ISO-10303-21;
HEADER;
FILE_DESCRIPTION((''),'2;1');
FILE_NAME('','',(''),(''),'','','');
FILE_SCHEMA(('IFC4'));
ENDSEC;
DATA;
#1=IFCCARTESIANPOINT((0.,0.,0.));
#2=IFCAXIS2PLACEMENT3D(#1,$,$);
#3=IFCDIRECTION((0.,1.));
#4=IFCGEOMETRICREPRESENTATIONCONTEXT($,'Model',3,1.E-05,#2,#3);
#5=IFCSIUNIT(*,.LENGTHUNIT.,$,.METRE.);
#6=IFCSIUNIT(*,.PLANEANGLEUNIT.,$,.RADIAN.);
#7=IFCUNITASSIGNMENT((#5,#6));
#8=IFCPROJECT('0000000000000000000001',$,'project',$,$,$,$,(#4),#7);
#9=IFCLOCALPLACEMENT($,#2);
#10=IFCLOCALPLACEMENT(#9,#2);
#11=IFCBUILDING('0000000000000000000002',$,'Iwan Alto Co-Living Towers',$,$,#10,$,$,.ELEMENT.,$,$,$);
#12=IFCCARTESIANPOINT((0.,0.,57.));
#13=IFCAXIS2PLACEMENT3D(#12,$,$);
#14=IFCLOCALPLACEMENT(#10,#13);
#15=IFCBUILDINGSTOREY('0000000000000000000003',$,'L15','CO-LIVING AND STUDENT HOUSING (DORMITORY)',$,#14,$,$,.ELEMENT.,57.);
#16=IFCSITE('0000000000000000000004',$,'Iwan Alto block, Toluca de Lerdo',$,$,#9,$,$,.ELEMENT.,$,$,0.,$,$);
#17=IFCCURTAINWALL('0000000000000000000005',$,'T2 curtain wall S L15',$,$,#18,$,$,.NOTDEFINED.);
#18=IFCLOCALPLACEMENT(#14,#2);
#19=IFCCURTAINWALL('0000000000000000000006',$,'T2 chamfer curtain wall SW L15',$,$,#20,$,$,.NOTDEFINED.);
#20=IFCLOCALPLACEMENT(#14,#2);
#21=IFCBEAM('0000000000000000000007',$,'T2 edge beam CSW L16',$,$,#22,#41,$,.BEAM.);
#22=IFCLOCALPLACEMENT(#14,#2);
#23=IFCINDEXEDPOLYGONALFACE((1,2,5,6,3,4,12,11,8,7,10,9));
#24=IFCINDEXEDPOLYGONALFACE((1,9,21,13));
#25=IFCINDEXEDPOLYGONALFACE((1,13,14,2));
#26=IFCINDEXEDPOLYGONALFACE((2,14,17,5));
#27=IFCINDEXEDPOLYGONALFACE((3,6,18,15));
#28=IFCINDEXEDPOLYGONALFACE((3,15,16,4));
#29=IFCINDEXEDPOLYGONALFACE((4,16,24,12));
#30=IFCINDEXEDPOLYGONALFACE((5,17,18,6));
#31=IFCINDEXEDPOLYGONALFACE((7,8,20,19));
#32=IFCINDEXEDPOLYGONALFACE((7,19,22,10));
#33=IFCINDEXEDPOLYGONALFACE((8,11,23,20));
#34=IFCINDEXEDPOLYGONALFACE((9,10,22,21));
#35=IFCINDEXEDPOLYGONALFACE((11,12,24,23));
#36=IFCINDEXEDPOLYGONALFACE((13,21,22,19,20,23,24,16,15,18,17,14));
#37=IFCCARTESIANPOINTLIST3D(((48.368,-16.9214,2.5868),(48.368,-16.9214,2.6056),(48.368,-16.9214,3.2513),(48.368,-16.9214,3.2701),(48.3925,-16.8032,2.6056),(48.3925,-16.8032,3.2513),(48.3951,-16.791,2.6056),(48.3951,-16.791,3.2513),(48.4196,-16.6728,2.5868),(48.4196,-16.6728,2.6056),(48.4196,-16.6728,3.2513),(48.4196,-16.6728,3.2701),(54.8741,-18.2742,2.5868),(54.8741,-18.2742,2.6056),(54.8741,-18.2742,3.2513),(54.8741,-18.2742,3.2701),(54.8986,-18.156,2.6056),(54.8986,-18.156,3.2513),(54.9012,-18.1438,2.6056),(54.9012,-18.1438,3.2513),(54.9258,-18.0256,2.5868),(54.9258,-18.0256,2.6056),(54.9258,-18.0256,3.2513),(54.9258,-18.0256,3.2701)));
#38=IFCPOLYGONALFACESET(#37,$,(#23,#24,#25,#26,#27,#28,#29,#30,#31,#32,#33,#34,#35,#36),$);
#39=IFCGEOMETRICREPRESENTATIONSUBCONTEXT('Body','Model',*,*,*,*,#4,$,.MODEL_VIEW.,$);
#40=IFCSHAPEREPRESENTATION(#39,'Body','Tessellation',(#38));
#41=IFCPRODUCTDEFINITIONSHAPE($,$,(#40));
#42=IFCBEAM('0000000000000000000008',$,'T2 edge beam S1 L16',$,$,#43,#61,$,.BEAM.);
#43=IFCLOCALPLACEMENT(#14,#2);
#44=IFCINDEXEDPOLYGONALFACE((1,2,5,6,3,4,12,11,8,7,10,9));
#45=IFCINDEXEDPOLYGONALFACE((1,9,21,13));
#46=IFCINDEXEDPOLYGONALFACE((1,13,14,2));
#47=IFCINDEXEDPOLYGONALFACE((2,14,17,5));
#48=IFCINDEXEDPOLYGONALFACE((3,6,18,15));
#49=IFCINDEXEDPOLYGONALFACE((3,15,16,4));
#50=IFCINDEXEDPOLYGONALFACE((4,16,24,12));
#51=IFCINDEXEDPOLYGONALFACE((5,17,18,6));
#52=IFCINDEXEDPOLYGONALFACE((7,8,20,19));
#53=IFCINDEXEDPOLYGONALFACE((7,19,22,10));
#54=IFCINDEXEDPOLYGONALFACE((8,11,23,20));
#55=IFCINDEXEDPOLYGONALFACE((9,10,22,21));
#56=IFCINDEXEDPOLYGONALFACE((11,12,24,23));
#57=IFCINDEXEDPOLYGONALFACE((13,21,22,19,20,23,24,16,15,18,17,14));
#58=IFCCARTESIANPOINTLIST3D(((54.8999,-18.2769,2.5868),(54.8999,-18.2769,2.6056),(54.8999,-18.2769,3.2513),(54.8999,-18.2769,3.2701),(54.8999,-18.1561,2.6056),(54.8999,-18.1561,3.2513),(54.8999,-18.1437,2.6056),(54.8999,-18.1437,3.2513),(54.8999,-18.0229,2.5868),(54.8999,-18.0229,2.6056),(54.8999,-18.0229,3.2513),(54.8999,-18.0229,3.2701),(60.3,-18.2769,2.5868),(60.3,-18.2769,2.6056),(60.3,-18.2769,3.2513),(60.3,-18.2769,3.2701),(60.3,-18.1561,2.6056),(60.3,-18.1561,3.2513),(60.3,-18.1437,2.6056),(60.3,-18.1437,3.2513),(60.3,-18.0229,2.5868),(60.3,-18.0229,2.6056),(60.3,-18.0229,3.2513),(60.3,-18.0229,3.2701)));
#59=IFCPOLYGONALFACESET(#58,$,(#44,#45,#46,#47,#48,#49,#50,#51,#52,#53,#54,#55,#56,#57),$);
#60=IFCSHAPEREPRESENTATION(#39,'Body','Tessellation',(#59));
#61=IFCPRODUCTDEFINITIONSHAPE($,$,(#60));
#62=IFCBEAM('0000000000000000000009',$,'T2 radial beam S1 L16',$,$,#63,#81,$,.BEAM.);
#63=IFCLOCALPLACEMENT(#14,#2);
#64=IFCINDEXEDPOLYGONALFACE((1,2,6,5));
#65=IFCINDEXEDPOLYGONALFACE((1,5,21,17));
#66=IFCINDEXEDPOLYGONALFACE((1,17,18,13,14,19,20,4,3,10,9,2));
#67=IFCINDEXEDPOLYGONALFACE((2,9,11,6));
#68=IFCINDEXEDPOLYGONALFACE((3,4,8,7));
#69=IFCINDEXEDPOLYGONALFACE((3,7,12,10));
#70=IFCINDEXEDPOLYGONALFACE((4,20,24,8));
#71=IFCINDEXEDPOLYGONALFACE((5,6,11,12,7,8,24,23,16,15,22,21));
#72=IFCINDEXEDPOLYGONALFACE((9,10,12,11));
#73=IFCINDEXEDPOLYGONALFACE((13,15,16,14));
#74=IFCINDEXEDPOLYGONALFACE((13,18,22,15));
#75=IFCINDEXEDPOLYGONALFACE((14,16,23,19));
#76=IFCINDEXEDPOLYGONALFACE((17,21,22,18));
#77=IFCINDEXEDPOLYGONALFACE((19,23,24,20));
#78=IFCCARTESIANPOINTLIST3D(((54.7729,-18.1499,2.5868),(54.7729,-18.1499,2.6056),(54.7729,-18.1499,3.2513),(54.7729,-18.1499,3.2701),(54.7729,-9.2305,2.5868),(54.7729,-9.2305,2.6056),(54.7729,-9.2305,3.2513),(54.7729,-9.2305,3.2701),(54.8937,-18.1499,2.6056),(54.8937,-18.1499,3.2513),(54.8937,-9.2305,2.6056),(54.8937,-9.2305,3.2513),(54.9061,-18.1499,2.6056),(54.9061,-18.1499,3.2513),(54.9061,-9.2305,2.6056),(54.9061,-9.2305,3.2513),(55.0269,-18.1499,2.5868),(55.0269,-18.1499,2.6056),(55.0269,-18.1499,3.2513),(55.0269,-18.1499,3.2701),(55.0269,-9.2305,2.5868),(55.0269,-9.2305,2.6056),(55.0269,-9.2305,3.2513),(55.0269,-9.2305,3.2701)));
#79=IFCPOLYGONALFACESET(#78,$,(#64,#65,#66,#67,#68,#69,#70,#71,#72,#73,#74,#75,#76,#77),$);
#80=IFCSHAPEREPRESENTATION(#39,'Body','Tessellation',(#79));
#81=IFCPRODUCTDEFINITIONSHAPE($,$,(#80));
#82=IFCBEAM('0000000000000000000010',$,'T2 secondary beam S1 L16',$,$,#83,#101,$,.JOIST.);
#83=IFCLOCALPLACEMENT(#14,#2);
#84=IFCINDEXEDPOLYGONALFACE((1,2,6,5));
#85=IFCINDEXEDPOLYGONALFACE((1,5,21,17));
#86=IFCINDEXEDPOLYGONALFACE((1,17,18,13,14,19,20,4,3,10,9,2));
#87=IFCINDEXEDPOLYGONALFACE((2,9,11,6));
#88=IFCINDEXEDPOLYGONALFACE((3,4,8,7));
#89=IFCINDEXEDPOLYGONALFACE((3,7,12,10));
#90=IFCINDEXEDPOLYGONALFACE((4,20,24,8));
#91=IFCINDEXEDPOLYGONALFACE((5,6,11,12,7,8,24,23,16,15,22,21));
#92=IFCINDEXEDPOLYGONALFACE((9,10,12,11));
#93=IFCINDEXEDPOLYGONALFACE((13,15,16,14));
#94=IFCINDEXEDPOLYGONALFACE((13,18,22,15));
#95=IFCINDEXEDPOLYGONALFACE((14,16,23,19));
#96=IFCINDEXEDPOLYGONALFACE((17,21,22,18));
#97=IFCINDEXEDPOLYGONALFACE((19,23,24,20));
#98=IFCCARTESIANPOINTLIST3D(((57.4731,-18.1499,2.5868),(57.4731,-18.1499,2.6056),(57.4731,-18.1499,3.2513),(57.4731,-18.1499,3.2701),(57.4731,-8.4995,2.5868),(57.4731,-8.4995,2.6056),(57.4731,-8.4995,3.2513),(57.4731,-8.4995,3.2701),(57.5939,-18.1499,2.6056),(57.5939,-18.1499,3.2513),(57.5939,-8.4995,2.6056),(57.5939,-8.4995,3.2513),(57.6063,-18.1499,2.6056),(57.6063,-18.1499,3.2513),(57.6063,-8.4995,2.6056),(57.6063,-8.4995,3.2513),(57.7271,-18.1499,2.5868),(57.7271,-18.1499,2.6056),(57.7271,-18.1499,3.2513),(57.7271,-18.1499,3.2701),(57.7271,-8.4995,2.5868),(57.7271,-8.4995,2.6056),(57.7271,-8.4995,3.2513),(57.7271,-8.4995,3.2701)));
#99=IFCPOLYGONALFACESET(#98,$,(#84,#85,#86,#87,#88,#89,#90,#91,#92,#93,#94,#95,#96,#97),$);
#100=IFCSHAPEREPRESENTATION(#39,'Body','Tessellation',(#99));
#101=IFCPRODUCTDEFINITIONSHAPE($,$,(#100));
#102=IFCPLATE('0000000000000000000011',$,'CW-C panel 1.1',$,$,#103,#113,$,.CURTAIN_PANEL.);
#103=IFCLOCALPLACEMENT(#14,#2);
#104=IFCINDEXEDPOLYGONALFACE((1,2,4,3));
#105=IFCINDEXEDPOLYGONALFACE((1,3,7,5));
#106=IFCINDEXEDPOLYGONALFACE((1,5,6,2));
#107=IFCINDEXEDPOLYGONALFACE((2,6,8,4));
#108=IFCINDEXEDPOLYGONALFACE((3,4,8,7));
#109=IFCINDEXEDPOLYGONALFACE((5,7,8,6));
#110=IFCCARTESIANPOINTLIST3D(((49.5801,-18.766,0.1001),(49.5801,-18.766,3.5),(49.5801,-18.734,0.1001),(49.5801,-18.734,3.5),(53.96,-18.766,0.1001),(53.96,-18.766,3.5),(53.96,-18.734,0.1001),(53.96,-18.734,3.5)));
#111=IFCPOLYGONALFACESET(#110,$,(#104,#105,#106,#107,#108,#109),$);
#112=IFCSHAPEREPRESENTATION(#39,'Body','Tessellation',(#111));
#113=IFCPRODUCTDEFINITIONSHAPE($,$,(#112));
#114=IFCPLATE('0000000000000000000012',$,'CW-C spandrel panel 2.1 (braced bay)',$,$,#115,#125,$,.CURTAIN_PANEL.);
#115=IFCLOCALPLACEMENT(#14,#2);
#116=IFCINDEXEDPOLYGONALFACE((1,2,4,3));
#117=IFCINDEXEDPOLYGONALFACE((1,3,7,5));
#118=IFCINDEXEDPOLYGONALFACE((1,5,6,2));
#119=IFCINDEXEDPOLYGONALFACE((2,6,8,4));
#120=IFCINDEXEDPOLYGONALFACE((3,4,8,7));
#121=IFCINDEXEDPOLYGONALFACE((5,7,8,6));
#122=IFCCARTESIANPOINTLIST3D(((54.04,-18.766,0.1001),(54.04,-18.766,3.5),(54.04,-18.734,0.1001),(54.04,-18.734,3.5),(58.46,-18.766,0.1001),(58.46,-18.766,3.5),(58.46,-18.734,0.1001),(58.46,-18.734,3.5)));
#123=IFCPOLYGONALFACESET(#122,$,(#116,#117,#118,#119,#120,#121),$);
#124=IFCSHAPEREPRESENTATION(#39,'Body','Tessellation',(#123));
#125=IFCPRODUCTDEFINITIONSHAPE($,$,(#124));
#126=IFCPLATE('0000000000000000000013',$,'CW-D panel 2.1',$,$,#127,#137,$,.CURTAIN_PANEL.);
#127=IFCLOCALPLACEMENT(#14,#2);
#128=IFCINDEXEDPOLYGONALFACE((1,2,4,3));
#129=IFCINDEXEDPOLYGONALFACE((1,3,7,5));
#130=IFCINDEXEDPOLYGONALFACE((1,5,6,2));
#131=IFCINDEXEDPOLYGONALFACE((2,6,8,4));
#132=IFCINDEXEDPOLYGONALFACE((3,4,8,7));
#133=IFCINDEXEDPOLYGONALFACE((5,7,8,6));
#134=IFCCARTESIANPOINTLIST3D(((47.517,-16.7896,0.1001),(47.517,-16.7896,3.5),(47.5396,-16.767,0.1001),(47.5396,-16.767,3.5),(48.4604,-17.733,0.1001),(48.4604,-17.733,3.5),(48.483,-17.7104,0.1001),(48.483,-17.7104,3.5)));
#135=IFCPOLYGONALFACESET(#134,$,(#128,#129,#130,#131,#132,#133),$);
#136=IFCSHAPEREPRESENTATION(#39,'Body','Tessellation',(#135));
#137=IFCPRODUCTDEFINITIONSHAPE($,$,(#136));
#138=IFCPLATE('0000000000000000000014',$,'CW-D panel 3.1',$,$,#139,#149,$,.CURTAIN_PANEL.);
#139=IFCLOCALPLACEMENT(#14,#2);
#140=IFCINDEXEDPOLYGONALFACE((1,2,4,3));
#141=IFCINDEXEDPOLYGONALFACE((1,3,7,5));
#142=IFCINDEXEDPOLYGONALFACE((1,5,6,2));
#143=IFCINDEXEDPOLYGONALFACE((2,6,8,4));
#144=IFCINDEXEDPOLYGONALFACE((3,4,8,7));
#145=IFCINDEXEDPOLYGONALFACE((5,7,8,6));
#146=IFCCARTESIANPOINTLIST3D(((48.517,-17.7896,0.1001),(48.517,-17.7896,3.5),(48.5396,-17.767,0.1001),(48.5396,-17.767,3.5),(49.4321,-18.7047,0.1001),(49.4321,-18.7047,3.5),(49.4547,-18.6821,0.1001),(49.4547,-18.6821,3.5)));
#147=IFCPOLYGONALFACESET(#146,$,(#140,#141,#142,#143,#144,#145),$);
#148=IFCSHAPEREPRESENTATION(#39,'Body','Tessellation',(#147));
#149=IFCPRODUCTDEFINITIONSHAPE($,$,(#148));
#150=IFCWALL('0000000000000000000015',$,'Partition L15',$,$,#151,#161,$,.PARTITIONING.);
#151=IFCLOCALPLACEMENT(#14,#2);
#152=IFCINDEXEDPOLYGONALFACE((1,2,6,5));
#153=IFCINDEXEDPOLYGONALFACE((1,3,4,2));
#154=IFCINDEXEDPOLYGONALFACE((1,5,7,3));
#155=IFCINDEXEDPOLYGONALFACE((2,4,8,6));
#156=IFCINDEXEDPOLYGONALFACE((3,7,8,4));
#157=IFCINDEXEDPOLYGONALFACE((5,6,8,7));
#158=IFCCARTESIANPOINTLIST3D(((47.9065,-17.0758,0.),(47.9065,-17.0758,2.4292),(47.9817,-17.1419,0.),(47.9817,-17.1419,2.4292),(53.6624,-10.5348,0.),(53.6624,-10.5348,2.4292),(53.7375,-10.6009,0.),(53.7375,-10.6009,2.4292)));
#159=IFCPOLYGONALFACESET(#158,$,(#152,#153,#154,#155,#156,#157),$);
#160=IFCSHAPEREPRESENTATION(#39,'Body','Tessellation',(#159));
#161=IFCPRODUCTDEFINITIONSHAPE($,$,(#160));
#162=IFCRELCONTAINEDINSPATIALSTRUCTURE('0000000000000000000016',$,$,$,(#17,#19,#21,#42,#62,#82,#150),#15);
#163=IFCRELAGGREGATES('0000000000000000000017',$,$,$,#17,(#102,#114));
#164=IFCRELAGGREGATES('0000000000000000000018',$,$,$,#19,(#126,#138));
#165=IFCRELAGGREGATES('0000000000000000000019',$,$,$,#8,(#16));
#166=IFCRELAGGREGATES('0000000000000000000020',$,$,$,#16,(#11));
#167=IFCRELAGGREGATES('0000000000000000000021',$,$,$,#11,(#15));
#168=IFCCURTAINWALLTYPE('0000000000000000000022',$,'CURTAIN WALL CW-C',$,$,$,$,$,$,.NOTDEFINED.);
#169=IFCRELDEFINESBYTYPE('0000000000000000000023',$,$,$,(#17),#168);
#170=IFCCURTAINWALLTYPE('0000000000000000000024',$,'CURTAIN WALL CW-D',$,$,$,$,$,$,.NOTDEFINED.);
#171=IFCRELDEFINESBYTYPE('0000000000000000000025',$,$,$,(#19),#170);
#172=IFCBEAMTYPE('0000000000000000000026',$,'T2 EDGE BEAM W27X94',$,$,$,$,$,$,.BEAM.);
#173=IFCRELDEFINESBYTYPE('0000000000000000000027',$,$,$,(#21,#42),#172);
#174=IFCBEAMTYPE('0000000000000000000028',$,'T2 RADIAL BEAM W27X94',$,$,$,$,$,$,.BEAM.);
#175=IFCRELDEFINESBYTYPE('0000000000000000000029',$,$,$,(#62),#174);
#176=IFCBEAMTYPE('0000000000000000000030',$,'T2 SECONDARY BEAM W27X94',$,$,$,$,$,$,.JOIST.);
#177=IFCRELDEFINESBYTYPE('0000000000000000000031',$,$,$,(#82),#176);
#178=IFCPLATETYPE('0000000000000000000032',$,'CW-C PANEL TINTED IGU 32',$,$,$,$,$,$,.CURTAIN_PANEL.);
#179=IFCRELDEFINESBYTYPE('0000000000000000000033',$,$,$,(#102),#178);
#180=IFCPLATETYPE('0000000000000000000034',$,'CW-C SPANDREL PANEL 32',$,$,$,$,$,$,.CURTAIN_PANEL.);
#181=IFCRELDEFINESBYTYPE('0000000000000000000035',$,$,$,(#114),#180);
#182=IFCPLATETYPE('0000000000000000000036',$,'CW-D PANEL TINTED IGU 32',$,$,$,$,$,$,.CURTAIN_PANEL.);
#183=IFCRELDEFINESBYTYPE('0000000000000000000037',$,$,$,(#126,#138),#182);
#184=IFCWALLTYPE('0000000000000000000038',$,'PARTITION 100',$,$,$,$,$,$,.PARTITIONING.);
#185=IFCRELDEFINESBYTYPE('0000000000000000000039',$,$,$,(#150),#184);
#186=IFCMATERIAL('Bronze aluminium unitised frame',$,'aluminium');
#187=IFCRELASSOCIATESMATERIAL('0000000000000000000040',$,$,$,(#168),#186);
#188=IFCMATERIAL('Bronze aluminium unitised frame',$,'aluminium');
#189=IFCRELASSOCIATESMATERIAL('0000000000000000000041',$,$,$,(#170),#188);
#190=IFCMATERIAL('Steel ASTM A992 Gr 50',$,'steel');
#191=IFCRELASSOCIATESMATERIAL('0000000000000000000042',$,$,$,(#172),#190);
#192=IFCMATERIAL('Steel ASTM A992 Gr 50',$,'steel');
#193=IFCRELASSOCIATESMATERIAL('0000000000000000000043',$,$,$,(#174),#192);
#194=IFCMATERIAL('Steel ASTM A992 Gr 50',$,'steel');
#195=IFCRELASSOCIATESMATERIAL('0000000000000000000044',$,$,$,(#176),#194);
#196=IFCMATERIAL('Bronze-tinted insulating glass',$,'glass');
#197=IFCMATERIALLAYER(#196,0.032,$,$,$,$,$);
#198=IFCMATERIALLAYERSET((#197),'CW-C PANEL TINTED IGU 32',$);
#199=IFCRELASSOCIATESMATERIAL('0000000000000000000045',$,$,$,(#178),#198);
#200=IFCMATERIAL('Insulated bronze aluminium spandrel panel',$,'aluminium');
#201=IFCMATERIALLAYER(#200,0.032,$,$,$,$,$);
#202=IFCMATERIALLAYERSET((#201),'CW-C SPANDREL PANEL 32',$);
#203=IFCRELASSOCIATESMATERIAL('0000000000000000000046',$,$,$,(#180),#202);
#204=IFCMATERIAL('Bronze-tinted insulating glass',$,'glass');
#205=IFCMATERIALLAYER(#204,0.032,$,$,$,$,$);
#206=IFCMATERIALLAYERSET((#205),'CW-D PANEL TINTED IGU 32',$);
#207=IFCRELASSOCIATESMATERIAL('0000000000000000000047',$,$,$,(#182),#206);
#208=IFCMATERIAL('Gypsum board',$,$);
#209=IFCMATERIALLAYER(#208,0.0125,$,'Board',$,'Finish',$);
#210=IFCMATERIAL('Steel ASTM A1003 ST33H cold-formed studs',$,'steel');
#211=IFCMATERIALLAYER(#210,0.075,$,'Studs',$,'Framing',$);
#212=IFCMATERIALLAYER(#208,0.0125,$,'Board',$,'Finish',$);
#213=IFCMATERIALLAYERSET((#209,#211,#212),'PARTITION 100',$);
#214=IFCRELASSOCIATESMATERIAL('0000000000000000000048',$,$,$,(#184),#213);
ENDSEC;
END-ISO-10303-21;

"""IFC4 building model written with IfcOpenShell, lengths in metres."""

from ifc_helpers import new_model, si_unit, direction, frame, frame_2d, origin, origin_2d, place, context, subcontext, project, spatial, rectangle, i_section, extrude, material, layer, layer_set, material_profile, profile_set, type_object, element, aggregate, save


model = new_model("IFC4")

# Units and contexts
model_context = context("Model", 3, precision=1e-05, world=origin(), true_north=direction((0.0, 1.0)))
body_context = subcontext(model_context, "Body", "Model", "MODEL_VIEW")
ifc_project = project(units=[si_unit("LENGTHUNIT", "METRE"), si_unit("PLANEANGLEUNIT", "RADIAN")], contexts=[model_context])

# Site, building, storey
site_placement = place(None, origin())
site = spatial("IfcSite", under=ifc_project, at=site_placement, Name="Iwan Alto block, Toluca de Lerdo", CompositionType="ELEMENT", RefElevation=0.0)
building_placement = place(site_placement, origin())
building = spatial("IfcBuilding", under=site, at=building_placement, Name="Iwan Alto Co-Living Towers", CompositionType="ELEMENT")
storey_placement = place(building_placement, frame((0.0, 0.0, 57.0)))
storey = spatial("IfcBuildingStorey", under=building, at=storey_placement, Name="L15", Description="CO-LIVING AND STUDENT HOUSING (DORMITORY)", CompositionType="ELEMENT", Elevation=57.0)

# Curtain walls
ifc_material_1 = material(Name="Bronze aluminium unitised frame", Category="aluminium")
curtain_wall_type_1 = type_object("IfcCurtainWallType", Name="CURTAIN WALL CW-C", PredefinedType="NOTDEFINED", material=ifc_material_1)
curtain_wall_1_placement = place(storey_placement, origin())
curtain_wall_1 = element("IfcCurtainWall", 1, at=curtain_wall_1_placement, inside=storey, type_object=curtain_wall_type_1, Name="T2 curtain wall S L15", PredefinedType="NOTDEFINED")
ifc_material_2 = material(Name="Bronze aluminium unitised frame", Category="aluminium")
curtain_wall_type_2 = type_object("IfcCurtainWallType", Name="CURTAIN WALL CW-D", PredefinedType="NOTDEFINED", material=ifc_material_2)
curtain_wall_2_placement = place(storey_placement, origin())
curtain_wall_2 = element("IfcCurtainWall", 2, at=curtain_wall_2_placement, inside=storey, type_object=curtain_wall_type_2, Name="T2 chamfer curtain wall SW L15", PredefinedType="NOTDEFINED")

# Beams
ifc_material_3 = material(Name="Steel ASTM A992 Gr 50", Category="steel")
ifc_material_profile_1 = material_profile(ifc_material_3, i_section(OverallWidth=0.2539, OverallDepth=0.6833, WebThickness=0.0125, FlangeThickness=0.0188, at=origin_2d()), Name="W27X94")
ifc_profile_set_1 = profile_set([ifc_material_profile_1], Name="Steel ASTM A992 Gr 50")
beam_type_1 = type_object("IfcBeamType", Name="T2 EDGE BEAM W27X94", PredefinedType="BEAM", material=ifc_profile_set_1)
beam_1_placement = place(storey_placement, frame((48.3938, -16.7971, 2.9285), z_axis=(0.97906, -0.203571, 0.0), x_axis=(0.203571, 0.97906, 0.0)))
element("IfcBeam", 3, at=beam_1_placement, inside=storey, type_object=beam_type_1, Name="T2 edge beam CSW L16", PredefinedType="BEAM", context=body_context, shape_type="SweptSolid", body=[
    extrude(i_section(OverallWidth=0.2539, OverallDepth=0.6833, WebThickness=0.0125, FlangeThickness=0.0188, at=origin_2d()), origin(), (0.0, 0.0, 1.0), 6.6453),
])
beam_2_placement = place(storey_placement, frame((54.8999, -18.1499, 2.9285), z_axis=(1.0, 0.0, 0.0), x_axis=(0.0, 1.0, 0.0)))
element("IfcBeam", 4, at=beam_2_placement, inside=storey, type_object=beam_type_1, Name="T2 edge beam S1 L16", PredefinedType="BEAM", context=body_context, shape_type="SweptSolid", body=[
    extrude(i_section(OverallWidth=0.2539, OverallDepth=0.6833, WebThickness=0.0125, FlangeThickness=0.0188, at=origin_2d()), origin(), (0.0, 0.0, 1.0), 5.4001),
])
ifc_material_4 = material(Name="Steel ASTM A992 Gr 50", Category="steel")
ifc_material_profile_2 = material_profile(ifc_material_4, i_section(OverallWidth=0.2539, OverallDepth=0.6833, WebThickness=0.0125, FlangeThickness=0.0188, at=origin_2d()), Name="W27X94")
ifc_profile_set_2 = profile_set([ifc_material_profile_2], Name="Steel ASTM A992 Gr 50")
beam_type_2 = type_object("IfcBeamType", Name="T2 RADIAL BEAM W27X94", PredefinedType="BEAM", material=ifc_profile_set_2)
beam_3_placement = place(storey_placement, frame((54.8999, -18.1499, 2.9285), z_axis=(0.0, 1.0, 0.0), x_axis=(-1.0, 0.0, 0.0)))
element("IfcBeam", 5, at=beam_3_placement, inside=storey, type_object=beam_type_2, Name="T2 radial beam S1 L16", PredefinedType="BEAM", context=body_context, shape_type="SweptSolid", body=[
    extrude(i_section(OverallWidth=0.2539, OverallDepth=0.6833, WebThickness=0.0125, FlangeThickness=0.0188, at=origin_2d()), origin(), (0.0, 0.0, 1.0), 8.9194),
])
ifc_material_5 = material(Name="Steel ASTM A992 Gr 50", Category="steel")
ifc_material_profile_3 = material_profile(ifc_material_5, i_section(OverallWidth=0.2539, OverallDepth=0.6833, WebThickness=0.0125, FlangeThickness=0.0188, at=origin_2d()), Name="W27X94")
ifc_profile_set_3 = profile_set([ifc_material_profile_3], Name="Steel ASTM A992 Gr 50")
beam_type_3 = type_object("IfcBeamType", Name="T2 SECONDARY BEAM W27X94", PredefinedType="JOIST", material=ifc_profile_set_3)
beam_4_placement = place(storey_placement, frame((57.6001, -18.1499, 2.9285), z_axis=(0.0, 1.0, 0.0), x_axis=(-1.0, 0.0, 0.0)))
element("IfcBeam", 6, at=beam_4_placement, inside=storey, type_object=beam_type_3, Name="T2 secondary beam S1 L16", PredefinedType="JOIST", context=body_context, shape_type="SweptSolid", body=[
    extrude(i_section(OverallWidth=0.2539, OverallDepth=0.6833, WebThickness=0.0125, FlangeThickness=0.0188, at=origin_2d()), origin(), (0.0, 0.0, 1.0), 9.6504),
])

# Plates
ifc_material_6 = material(Name="Bronze-tinted insulating glass", Category="glass")
ifc_layer_1 = layer(ifc_material_6, 0.032)
ifc_layer_set_1 = layer_set([ifc_layer_1], Name="CW-C PANEL TINTED IGU 32")
plate_type_1 = type_object("IfcPlateType", Name="CW-C PANEL TINTED IGU 32", PredefinedType="CURTAIN_PANEL", material=ifc_layer_set_1)
plate_1_placement = place(storey_placement, frame((51.77, -18.75, 0.1001), z_axis=(0.0, 0.0, 1.0), x_axis=(1.0, 0.0, 0.0)))
plate_1 = element("IfcPlate", 7, at=plate_1_placement, type_object=plate_type_1, Name="CW-C panel 1.1", PredefinedType="CURTAIN_PANEL", context=body_context, shape_type="SweptSolid", body=[
    extrude(rectangle(XDim=4.3799, YDim=0.032, at=origin_2d()), origin(), (0.0, 0.0, 1.0), 3.3999),
])
ifc_material_7 = material(Name="Insulated bronze aluminium spandrel panel", Category="aluminium")
ifc_layer_2 = layer(ifc_material_7, 0.032)
ifc_layer_set_2 = layer_set([ifc_layer_2], Name="CW-C SPANDREL PANEL 32")
plate_type_2 = type_object("IfcPlateType", Name="CW-C SPANDREL PANEL 32", PredefinedType="CURTAIN_PANEL", material=ifc_layer_set_2)
plate_2_placement = place(storey_placement, frame((56.25, -18.75, 0.1001), z_axis=(0.0, 0.0, 1.0), x_axis=(1.0, 0.0, 0.0)))
plate_2 = element("IfcPlate", 8, at=plate_2_placement, type_object=plate_type_2, Name="CW-C spandrel panel 2.1 (braced bay)", PredefinedType="CURTAIN_PANEL", context=body_context, shape_type="SweptSolid", body=[
    extrude(rectangle(XDim=4.4199, YDim=0.032, at=origin_2d()), origin(), (0.0, 0.0, 1.0), 3.3999),
])
aggregate(curtain_wall_1, [plate_1, plate_2])
ifc_material_8 = material(Name="Bronze-tinted insulating glass", Category="glass")
ifc_layer_3 = layer(ifc_material_8, 0.032)
ifc_layer_set_3 = layer_set([ifc_layer_3], Name="CW-D PANEL TINTED IGU 32")
plate_type_3 = type_object("IfcPlateType", Name="CW-D PANEL TINTED IGU 32", PredefinedType="CURTAIN_PANEL", material=ifc_layer_set_3)
plate_3_placement = place(storey_placement, frame((48.0, -17.25, 0.1001), z_axis=(0.0, 0.0, 1.0), x_axis=(0.707107, -0.707107, 0.0)))
plate_3 = element("IfcPlate", 9, at=plate_3_placement, type_object=plate_type_3, Name="CW-D panel 2.1", PredefinedType="CURTAIN_PANEL", context=body_context, shape_type="SweptSolid", body=[
    extrude(rectangle(XDim=1.3342, YDim=0.032, at=origin_2d()), origin(), (0.0, 0.0, 1.0), 3.3999),
])
plate_4_placement = place(storey_placement, frame((48.9858, -18.2358, 0.1001), z_axis=(0.0, 0.0, 1.0), x_axis=(0.707107, -0.707107, 0.0)))
plate_4 = element("IfcPlate", 10, at=plate_4_placement, type_object=plate_type_3, Name="CW-D panel 3.1", PredefinedType="CURTAIN_PANEL", context=body_context, shape_type="SweptSolid", body=[
    extrude(rectangle(XDim=1.2942, YDim=0.032, at=origin_2d()), origin(), (0.0, 0.0, 1.0), 3.3999),
])
aggregate(curtain_wall_2, [plate_3, plate_4])

# Wall
ifc_material_9 = material(Name="Gypsum board")
ifc_layer_4 = layer(ifc_material_9, 0.0125, Name="Board", Category="Finish")
ifc_material_10 = material(Name="Steel ASTM A1003 ST33H cold-formed studs", Category="steel")
ifc_layer_5 = layer(ifc_material_10, 0.075, Name="Studs", Category="Framing")
ifc_layer_6 = layer(ifc_material_9, 0.0125, Name="Board", Category="Finish")
ifc_layer_set_4 = layer_set([ifc_layer_4, ifc_layer_5, ifc_layer_6], Name="PARTITION 100")
wall_type = type_object("IfcWallType", Name="PARTITION 100", PredefinedType="PARTITIONING", material=ifc_layer_set_4)
wall_1_placement = place(storey_placement, frame((47.9441, -17.1089, 0.0), z_axis=(0.0, 0.0, 1.0), x_axis=(0.660613, 0.750727, 0.0)))
element("IfcWall", 11, at=wall_1_placement, inside=storey, type_object=wall_type, Name="Partition L15", PredefinedType="PARTITIONING", context=body_context, shape_type="SweptSolid", body=[
    extrude(rectangle(XDim=8.7129, YDim=0.1001, at=frame_2d((4.3564, 0.0))), origin(), (0.0, 0.0, 1.0), 2.4292),
])

save(model, "model.ifc")
